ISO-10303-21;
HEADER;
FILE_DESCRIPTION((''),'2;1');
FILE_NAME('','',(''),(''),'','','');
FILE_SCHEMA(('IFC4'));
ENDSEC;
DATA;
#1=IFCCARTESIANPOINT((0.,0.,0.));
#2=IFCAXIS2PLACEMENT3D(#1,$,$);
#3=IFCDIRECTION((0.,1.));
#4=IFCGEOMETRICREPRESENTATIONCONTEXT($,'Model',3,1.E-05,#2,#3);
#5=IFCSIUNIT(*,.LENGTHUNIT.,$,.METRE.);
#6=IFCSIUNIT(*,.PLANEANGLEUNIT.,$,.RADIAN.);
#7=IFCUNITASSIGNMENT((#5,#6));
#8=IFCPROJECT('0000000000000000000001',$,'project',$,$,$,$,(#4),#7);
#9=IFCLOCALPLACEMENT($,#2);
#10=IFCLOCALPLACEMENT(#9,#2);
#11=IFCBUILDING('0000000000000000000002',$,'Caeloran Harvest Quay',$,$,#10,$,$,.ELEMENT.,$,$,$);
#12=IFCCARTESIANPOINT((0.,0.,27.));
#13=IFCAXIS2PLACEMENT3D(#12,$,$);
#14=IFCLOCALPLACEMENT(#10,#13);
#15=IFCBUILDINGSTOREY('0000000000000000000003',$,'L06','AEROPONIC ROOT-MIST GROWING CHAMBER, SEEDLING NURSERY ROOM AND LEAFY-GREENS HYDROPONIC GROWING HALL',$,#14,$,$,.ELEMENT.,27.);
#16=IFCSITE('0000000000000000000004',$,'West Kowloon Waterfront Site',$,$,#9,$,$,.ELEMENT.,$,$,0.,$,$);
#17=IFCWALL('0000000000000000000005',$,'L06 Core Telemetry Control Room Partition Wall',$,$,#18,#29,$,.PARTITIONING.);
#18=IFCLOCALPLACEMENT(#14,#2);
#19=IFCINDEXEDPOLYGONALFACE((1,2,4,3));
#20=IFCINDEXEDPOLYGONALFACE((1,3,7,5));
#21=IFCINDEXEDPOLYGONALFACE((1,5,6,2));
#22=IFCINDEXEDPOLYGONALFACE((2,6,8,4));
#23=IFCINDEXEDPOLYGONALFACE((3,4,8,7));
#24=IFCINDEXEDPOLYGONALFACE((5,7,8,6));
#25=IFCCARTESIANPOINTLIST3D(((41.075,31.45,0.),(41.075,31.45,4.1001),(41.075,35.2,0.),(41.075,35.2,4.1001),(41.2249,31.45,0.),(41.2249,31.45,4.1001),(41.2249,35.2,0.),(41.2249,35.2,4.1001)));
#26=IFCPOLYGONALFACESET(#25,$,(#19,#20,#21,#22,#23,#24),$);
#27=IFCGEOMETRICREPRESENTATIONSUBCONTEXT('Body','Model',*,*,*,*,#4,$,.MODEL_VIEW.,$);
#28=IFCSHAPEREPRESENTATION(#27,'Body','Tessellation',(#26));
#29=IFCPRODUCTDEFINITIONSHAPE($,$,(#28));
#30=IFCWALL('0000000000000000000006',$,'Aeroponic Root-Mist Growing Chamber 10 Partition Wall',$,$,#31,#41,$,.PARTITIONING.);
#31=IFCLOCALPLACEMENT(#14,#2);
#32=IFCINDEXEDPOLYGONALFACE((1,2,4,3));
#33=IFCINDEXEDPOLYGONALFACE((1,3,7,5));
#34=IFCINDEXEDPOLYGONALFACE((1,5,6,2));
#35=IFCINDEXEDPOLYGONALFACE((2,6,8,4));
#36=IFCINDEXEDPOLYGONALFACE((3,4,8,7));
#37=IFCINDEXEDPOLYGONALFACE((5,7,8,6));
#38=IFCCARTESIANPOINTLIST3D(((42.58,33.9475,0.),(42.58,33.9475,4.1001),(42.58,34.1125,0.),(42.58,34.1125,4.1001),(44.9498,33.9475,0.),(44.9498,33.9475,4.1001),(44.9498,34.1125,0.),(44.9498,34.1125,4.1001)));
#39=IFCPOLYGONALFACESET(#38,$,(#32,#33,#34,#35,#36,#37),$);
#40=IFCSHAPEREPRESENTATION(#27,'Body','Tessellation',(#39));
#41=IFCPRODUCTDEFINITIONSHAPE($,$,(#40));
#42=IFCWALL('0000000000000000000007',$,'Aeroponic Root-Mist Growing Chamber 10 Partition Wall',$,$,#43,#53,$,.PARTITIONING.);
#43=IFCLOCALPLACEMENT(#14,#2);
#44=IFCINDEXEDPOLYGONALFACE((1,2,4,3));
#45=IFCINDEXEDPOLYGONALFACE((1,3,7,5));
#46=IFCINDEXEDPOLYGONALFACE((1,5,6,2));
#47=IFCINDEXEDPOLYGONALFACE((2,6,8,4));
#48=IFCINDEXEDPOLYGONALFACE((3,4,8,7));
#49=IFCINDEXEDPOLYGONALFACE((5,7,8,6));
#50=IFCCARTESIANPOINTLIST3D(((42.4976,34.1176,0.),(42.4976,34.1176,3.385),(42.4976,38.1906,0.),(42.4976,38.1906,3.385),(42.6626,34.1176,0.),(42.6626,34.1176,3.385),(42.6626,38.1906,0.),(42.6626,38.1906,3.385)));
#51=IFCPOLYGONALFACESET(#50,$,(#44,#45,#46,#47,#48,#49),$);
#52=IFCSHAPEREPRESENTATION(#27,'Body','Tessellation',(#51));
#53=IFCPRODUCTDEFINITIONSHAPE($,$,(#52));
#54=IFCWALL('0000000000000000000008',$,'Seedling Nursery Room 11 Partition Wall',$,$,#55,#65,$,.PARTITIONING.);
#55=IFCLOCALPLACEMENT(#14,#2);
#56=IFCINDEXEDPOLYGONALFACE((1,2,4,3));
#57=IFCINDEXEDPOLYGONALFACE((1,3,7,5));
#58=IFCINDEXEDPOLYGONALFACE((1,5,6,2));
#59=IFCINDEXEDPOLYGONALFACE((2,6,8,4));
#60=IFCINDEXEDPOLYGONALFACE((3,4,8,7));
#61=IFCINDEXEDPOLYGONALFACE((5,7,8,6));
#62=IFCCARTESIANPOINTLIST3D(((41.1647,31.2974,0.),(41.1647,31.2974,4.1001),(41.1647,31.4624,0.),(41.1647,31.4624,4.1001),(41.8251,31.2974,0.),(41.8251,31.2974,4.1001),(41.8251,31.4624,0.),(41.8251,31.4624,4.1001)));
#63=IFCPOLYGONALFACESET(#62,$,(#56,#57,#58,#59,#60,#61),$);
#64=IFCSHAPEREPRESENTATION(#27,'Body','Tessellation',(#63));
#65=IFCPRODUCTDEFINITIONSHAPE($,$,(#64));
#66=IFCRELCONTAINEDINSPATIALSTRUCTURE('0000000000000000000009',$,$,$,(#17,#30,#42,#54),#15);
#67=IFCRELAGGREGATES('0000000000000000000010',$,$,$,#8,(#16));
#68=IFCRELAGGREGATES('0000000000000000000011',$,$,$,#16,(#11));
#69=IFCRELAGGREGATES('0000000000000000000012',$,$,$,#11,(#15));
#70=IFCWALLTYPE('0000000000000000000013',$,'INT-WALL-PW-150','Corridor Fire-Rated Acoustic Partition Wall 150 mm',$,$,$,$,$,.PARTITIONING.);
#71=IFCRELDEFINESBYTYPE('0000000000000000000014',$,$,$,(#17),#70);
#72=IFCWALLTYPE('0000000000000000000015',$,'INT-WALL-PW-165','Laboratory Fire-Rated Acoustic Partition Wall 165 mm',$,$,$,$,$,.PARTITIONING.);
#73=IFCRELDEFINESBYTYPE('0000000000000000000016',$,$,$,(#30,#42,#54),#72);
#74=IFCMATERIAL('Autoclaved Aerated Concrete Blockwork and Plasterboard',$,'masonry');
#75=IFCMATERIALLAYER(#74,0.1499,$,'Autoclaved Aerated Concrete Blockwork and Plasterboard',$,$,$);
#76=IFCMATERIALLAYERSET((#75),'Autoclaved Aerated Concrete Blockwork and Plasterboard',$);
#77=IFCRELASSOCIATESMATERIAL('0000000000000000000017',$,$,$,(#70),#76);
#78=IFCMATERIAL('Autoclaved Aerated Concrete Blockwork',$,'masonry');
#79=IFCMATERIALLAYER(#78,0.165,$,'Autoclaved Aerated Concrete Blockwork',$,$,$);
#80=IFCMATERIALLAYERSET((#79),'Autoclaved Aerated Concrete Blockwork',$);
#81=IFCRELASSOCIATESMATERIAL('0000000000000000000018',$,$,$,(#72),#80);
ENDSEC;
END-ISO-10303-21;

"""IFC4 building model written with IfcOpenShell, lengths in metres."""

from ifc_helpers import new_model, si_unit, direction, frame, frame_2d, origin, place, context, subcontext, project, spatial, rectangle, extrude, material, layer, layer_set, type_object, element, save


model = new_model("IFC4")

# Units and contexts
model_context = context("Model", 3, precision=1e-05, world=origin(), true_north=direction((0.0, 1.0)))
body_context = subcontext(model_context, "Body", "Model", "MODEL_VIEW")
ifc_project = project(units=[si_unit("LENGTHUNIT", "METRE"), si_unit("PLANEANGLEUNIT", "RADIAN")], contexts=[model_context])

# Site, building, storey
site_placement = place(None, origin())
site = spatial("IfcSite", under=ifc_project, at=site_placement, Name="West Kowloon Waterfront Site", CompositionType="ELEMENT", RefElevation=0.0)
building_placement = place(site_placement, origin())
building = spatial("IfcBuilding", under=site, at=building_placement, Name="Caeloran Harvest Quay", CompositionType="ELEMENT")
storey_placement = place(building_placement, frame((0.0, 0.0, 27.0)))
storey = spatial("IfcBuildingStorey", under=building, at=storey_placement, Name="L06", Description="AEROPONIC ROOT-MIST GROWING CHAMBER, SEEDLING NURSERY ROOM AND LEAFY-GREENS HYDROPONIC GROWING HALL", CompositionType="ELEMENT", Elevation=27.0)

# Walls
ifc_material_1 = material(Name="Autoclaved Aerated Concrete Blockwork and Plasterboard", Category="masonry")
ifc_layer_1 = layer(ifc_material_1, 0.1499, Name="Autoclaved Aerated Concrete Blockwork and Plasterboard")
ifc_layer_set_1 = layer_set([ifc_layer_1], Name="Autoclaved Aerated Concrete Blockwork and Plasterboard")
wall_type_1 = type_object("IfcWallType", Name="INT-WALL-PW-150", Description="Corridor Fire-Rated Acoustic Partition Wall 150 mm", PredefinedType="PARTITIONING", material=ifc_layer_set_1)
wall_1_placement = place(storey_placement, frame((41.1499, 35.2, 0.0), z_axis=(0.0, 0.0, 1.0), x_axis=(0.0, -1.0, 0.0)))
element("IfcWall", 1, at=wall_1_placement, inside=storey, type_object=wall_type_1, Name="L06 Core Telemetry Control Room Partition Wall", PredefinedType="PARTITIONING", context=body_context, shape_type="SweptSolid", body=[
    extrude(rectangle(XDim=3.75, YDim=0.1499, at=frame_2d((1.875, 0.0))), origin(), (0.0, 0.0, 1.0), 4.1001),
])
ifc_material_2 = material(Name="Autoclaved Aerated Concrete Blockwork", Category="masonry")
ifc_layer_2 = layer(ifc_material_2, 0.165, Name="Autoclaved Aerated Concrete Blockwork")
ifc_layer_set_2 = layer_set([ifc_layer_2], Name="Autoclaved Aerated Concrete Blockwork")
wall_type_2 = type_object("IfcWallType", Name="INT-WALL-PW-165", Description="Laboratory Fire-Rated Acoustic Partition Wall 165 mm", PredefinedType="PARTITIONING", material=ifc_layer_set_2)
wall_2_placement = place(storey_placement, frame((44.95, 34.03, 0.0), z_axis=(0.0, 0.0, 1.0), x_axis=(-1.0, 0.0, 0.0)))
element("IfcWall", 2, at=wall_2_placement, inside=storey, type_object=wall_type_2, Name="Aeroponic Root-Mist Growing Chamber 10 Partition Wall", PredefinedType="PARTITIONING", context=body_context, shape_type="SweptSolid", body=[
    extrude(rectangle(XDim=2.3699, YDim=0.165, at=frame_2d((1.1851, 0.0))), origin(), (0.0, 0.0, 1.0), 4.1001),
])
wall_3_placement = place(storey_placement, frame((42.5801, 34.1174, 0.0), z_axis=(0.0, 0.0, 1.0), x_axis=(0.0, 1.0, 0.0)))
element("IfcWall", 3, at=wall_3_placement, inside=storey, type_object=wall_type_2, Name="Aeroponic Root-Mist Growing Chamber 10 Partition Wall", PredefinedType="PARTITIONING", context=body_context, shape_type="SweptSolid", body=[
    extrude(rectangle(XDim=4.073, YDim=0.165, at=frame_2d((2.0366, 0.0))), origin(), (0.0, 0.0, 1.0), 3.385),
])

# Wall
wall_4_placement = place(storey_placement, frame((41.825, 31.3799, 0.0), z_axis=(0.0, 0.0, 1.0), x_axis=(-1.0, 0.0, 0.0)))
element("IfcWall", 4, at=wall_4_placement, inside=storey, type_object=wall_type_2, Name="Seedling Nursery Room 11 Partition Wall", PredefinedType="PARTITIONING", context=body_context, shape_type="SweptSolid", body=[
    extrude(rectangle(XDim=0.6604, YDim=0.165, at=frame_2d((0.3301, 0.0))), origin(), (0.0, 0.0, 1.0), 4.1001),
])

save(model, "model.ifc")
